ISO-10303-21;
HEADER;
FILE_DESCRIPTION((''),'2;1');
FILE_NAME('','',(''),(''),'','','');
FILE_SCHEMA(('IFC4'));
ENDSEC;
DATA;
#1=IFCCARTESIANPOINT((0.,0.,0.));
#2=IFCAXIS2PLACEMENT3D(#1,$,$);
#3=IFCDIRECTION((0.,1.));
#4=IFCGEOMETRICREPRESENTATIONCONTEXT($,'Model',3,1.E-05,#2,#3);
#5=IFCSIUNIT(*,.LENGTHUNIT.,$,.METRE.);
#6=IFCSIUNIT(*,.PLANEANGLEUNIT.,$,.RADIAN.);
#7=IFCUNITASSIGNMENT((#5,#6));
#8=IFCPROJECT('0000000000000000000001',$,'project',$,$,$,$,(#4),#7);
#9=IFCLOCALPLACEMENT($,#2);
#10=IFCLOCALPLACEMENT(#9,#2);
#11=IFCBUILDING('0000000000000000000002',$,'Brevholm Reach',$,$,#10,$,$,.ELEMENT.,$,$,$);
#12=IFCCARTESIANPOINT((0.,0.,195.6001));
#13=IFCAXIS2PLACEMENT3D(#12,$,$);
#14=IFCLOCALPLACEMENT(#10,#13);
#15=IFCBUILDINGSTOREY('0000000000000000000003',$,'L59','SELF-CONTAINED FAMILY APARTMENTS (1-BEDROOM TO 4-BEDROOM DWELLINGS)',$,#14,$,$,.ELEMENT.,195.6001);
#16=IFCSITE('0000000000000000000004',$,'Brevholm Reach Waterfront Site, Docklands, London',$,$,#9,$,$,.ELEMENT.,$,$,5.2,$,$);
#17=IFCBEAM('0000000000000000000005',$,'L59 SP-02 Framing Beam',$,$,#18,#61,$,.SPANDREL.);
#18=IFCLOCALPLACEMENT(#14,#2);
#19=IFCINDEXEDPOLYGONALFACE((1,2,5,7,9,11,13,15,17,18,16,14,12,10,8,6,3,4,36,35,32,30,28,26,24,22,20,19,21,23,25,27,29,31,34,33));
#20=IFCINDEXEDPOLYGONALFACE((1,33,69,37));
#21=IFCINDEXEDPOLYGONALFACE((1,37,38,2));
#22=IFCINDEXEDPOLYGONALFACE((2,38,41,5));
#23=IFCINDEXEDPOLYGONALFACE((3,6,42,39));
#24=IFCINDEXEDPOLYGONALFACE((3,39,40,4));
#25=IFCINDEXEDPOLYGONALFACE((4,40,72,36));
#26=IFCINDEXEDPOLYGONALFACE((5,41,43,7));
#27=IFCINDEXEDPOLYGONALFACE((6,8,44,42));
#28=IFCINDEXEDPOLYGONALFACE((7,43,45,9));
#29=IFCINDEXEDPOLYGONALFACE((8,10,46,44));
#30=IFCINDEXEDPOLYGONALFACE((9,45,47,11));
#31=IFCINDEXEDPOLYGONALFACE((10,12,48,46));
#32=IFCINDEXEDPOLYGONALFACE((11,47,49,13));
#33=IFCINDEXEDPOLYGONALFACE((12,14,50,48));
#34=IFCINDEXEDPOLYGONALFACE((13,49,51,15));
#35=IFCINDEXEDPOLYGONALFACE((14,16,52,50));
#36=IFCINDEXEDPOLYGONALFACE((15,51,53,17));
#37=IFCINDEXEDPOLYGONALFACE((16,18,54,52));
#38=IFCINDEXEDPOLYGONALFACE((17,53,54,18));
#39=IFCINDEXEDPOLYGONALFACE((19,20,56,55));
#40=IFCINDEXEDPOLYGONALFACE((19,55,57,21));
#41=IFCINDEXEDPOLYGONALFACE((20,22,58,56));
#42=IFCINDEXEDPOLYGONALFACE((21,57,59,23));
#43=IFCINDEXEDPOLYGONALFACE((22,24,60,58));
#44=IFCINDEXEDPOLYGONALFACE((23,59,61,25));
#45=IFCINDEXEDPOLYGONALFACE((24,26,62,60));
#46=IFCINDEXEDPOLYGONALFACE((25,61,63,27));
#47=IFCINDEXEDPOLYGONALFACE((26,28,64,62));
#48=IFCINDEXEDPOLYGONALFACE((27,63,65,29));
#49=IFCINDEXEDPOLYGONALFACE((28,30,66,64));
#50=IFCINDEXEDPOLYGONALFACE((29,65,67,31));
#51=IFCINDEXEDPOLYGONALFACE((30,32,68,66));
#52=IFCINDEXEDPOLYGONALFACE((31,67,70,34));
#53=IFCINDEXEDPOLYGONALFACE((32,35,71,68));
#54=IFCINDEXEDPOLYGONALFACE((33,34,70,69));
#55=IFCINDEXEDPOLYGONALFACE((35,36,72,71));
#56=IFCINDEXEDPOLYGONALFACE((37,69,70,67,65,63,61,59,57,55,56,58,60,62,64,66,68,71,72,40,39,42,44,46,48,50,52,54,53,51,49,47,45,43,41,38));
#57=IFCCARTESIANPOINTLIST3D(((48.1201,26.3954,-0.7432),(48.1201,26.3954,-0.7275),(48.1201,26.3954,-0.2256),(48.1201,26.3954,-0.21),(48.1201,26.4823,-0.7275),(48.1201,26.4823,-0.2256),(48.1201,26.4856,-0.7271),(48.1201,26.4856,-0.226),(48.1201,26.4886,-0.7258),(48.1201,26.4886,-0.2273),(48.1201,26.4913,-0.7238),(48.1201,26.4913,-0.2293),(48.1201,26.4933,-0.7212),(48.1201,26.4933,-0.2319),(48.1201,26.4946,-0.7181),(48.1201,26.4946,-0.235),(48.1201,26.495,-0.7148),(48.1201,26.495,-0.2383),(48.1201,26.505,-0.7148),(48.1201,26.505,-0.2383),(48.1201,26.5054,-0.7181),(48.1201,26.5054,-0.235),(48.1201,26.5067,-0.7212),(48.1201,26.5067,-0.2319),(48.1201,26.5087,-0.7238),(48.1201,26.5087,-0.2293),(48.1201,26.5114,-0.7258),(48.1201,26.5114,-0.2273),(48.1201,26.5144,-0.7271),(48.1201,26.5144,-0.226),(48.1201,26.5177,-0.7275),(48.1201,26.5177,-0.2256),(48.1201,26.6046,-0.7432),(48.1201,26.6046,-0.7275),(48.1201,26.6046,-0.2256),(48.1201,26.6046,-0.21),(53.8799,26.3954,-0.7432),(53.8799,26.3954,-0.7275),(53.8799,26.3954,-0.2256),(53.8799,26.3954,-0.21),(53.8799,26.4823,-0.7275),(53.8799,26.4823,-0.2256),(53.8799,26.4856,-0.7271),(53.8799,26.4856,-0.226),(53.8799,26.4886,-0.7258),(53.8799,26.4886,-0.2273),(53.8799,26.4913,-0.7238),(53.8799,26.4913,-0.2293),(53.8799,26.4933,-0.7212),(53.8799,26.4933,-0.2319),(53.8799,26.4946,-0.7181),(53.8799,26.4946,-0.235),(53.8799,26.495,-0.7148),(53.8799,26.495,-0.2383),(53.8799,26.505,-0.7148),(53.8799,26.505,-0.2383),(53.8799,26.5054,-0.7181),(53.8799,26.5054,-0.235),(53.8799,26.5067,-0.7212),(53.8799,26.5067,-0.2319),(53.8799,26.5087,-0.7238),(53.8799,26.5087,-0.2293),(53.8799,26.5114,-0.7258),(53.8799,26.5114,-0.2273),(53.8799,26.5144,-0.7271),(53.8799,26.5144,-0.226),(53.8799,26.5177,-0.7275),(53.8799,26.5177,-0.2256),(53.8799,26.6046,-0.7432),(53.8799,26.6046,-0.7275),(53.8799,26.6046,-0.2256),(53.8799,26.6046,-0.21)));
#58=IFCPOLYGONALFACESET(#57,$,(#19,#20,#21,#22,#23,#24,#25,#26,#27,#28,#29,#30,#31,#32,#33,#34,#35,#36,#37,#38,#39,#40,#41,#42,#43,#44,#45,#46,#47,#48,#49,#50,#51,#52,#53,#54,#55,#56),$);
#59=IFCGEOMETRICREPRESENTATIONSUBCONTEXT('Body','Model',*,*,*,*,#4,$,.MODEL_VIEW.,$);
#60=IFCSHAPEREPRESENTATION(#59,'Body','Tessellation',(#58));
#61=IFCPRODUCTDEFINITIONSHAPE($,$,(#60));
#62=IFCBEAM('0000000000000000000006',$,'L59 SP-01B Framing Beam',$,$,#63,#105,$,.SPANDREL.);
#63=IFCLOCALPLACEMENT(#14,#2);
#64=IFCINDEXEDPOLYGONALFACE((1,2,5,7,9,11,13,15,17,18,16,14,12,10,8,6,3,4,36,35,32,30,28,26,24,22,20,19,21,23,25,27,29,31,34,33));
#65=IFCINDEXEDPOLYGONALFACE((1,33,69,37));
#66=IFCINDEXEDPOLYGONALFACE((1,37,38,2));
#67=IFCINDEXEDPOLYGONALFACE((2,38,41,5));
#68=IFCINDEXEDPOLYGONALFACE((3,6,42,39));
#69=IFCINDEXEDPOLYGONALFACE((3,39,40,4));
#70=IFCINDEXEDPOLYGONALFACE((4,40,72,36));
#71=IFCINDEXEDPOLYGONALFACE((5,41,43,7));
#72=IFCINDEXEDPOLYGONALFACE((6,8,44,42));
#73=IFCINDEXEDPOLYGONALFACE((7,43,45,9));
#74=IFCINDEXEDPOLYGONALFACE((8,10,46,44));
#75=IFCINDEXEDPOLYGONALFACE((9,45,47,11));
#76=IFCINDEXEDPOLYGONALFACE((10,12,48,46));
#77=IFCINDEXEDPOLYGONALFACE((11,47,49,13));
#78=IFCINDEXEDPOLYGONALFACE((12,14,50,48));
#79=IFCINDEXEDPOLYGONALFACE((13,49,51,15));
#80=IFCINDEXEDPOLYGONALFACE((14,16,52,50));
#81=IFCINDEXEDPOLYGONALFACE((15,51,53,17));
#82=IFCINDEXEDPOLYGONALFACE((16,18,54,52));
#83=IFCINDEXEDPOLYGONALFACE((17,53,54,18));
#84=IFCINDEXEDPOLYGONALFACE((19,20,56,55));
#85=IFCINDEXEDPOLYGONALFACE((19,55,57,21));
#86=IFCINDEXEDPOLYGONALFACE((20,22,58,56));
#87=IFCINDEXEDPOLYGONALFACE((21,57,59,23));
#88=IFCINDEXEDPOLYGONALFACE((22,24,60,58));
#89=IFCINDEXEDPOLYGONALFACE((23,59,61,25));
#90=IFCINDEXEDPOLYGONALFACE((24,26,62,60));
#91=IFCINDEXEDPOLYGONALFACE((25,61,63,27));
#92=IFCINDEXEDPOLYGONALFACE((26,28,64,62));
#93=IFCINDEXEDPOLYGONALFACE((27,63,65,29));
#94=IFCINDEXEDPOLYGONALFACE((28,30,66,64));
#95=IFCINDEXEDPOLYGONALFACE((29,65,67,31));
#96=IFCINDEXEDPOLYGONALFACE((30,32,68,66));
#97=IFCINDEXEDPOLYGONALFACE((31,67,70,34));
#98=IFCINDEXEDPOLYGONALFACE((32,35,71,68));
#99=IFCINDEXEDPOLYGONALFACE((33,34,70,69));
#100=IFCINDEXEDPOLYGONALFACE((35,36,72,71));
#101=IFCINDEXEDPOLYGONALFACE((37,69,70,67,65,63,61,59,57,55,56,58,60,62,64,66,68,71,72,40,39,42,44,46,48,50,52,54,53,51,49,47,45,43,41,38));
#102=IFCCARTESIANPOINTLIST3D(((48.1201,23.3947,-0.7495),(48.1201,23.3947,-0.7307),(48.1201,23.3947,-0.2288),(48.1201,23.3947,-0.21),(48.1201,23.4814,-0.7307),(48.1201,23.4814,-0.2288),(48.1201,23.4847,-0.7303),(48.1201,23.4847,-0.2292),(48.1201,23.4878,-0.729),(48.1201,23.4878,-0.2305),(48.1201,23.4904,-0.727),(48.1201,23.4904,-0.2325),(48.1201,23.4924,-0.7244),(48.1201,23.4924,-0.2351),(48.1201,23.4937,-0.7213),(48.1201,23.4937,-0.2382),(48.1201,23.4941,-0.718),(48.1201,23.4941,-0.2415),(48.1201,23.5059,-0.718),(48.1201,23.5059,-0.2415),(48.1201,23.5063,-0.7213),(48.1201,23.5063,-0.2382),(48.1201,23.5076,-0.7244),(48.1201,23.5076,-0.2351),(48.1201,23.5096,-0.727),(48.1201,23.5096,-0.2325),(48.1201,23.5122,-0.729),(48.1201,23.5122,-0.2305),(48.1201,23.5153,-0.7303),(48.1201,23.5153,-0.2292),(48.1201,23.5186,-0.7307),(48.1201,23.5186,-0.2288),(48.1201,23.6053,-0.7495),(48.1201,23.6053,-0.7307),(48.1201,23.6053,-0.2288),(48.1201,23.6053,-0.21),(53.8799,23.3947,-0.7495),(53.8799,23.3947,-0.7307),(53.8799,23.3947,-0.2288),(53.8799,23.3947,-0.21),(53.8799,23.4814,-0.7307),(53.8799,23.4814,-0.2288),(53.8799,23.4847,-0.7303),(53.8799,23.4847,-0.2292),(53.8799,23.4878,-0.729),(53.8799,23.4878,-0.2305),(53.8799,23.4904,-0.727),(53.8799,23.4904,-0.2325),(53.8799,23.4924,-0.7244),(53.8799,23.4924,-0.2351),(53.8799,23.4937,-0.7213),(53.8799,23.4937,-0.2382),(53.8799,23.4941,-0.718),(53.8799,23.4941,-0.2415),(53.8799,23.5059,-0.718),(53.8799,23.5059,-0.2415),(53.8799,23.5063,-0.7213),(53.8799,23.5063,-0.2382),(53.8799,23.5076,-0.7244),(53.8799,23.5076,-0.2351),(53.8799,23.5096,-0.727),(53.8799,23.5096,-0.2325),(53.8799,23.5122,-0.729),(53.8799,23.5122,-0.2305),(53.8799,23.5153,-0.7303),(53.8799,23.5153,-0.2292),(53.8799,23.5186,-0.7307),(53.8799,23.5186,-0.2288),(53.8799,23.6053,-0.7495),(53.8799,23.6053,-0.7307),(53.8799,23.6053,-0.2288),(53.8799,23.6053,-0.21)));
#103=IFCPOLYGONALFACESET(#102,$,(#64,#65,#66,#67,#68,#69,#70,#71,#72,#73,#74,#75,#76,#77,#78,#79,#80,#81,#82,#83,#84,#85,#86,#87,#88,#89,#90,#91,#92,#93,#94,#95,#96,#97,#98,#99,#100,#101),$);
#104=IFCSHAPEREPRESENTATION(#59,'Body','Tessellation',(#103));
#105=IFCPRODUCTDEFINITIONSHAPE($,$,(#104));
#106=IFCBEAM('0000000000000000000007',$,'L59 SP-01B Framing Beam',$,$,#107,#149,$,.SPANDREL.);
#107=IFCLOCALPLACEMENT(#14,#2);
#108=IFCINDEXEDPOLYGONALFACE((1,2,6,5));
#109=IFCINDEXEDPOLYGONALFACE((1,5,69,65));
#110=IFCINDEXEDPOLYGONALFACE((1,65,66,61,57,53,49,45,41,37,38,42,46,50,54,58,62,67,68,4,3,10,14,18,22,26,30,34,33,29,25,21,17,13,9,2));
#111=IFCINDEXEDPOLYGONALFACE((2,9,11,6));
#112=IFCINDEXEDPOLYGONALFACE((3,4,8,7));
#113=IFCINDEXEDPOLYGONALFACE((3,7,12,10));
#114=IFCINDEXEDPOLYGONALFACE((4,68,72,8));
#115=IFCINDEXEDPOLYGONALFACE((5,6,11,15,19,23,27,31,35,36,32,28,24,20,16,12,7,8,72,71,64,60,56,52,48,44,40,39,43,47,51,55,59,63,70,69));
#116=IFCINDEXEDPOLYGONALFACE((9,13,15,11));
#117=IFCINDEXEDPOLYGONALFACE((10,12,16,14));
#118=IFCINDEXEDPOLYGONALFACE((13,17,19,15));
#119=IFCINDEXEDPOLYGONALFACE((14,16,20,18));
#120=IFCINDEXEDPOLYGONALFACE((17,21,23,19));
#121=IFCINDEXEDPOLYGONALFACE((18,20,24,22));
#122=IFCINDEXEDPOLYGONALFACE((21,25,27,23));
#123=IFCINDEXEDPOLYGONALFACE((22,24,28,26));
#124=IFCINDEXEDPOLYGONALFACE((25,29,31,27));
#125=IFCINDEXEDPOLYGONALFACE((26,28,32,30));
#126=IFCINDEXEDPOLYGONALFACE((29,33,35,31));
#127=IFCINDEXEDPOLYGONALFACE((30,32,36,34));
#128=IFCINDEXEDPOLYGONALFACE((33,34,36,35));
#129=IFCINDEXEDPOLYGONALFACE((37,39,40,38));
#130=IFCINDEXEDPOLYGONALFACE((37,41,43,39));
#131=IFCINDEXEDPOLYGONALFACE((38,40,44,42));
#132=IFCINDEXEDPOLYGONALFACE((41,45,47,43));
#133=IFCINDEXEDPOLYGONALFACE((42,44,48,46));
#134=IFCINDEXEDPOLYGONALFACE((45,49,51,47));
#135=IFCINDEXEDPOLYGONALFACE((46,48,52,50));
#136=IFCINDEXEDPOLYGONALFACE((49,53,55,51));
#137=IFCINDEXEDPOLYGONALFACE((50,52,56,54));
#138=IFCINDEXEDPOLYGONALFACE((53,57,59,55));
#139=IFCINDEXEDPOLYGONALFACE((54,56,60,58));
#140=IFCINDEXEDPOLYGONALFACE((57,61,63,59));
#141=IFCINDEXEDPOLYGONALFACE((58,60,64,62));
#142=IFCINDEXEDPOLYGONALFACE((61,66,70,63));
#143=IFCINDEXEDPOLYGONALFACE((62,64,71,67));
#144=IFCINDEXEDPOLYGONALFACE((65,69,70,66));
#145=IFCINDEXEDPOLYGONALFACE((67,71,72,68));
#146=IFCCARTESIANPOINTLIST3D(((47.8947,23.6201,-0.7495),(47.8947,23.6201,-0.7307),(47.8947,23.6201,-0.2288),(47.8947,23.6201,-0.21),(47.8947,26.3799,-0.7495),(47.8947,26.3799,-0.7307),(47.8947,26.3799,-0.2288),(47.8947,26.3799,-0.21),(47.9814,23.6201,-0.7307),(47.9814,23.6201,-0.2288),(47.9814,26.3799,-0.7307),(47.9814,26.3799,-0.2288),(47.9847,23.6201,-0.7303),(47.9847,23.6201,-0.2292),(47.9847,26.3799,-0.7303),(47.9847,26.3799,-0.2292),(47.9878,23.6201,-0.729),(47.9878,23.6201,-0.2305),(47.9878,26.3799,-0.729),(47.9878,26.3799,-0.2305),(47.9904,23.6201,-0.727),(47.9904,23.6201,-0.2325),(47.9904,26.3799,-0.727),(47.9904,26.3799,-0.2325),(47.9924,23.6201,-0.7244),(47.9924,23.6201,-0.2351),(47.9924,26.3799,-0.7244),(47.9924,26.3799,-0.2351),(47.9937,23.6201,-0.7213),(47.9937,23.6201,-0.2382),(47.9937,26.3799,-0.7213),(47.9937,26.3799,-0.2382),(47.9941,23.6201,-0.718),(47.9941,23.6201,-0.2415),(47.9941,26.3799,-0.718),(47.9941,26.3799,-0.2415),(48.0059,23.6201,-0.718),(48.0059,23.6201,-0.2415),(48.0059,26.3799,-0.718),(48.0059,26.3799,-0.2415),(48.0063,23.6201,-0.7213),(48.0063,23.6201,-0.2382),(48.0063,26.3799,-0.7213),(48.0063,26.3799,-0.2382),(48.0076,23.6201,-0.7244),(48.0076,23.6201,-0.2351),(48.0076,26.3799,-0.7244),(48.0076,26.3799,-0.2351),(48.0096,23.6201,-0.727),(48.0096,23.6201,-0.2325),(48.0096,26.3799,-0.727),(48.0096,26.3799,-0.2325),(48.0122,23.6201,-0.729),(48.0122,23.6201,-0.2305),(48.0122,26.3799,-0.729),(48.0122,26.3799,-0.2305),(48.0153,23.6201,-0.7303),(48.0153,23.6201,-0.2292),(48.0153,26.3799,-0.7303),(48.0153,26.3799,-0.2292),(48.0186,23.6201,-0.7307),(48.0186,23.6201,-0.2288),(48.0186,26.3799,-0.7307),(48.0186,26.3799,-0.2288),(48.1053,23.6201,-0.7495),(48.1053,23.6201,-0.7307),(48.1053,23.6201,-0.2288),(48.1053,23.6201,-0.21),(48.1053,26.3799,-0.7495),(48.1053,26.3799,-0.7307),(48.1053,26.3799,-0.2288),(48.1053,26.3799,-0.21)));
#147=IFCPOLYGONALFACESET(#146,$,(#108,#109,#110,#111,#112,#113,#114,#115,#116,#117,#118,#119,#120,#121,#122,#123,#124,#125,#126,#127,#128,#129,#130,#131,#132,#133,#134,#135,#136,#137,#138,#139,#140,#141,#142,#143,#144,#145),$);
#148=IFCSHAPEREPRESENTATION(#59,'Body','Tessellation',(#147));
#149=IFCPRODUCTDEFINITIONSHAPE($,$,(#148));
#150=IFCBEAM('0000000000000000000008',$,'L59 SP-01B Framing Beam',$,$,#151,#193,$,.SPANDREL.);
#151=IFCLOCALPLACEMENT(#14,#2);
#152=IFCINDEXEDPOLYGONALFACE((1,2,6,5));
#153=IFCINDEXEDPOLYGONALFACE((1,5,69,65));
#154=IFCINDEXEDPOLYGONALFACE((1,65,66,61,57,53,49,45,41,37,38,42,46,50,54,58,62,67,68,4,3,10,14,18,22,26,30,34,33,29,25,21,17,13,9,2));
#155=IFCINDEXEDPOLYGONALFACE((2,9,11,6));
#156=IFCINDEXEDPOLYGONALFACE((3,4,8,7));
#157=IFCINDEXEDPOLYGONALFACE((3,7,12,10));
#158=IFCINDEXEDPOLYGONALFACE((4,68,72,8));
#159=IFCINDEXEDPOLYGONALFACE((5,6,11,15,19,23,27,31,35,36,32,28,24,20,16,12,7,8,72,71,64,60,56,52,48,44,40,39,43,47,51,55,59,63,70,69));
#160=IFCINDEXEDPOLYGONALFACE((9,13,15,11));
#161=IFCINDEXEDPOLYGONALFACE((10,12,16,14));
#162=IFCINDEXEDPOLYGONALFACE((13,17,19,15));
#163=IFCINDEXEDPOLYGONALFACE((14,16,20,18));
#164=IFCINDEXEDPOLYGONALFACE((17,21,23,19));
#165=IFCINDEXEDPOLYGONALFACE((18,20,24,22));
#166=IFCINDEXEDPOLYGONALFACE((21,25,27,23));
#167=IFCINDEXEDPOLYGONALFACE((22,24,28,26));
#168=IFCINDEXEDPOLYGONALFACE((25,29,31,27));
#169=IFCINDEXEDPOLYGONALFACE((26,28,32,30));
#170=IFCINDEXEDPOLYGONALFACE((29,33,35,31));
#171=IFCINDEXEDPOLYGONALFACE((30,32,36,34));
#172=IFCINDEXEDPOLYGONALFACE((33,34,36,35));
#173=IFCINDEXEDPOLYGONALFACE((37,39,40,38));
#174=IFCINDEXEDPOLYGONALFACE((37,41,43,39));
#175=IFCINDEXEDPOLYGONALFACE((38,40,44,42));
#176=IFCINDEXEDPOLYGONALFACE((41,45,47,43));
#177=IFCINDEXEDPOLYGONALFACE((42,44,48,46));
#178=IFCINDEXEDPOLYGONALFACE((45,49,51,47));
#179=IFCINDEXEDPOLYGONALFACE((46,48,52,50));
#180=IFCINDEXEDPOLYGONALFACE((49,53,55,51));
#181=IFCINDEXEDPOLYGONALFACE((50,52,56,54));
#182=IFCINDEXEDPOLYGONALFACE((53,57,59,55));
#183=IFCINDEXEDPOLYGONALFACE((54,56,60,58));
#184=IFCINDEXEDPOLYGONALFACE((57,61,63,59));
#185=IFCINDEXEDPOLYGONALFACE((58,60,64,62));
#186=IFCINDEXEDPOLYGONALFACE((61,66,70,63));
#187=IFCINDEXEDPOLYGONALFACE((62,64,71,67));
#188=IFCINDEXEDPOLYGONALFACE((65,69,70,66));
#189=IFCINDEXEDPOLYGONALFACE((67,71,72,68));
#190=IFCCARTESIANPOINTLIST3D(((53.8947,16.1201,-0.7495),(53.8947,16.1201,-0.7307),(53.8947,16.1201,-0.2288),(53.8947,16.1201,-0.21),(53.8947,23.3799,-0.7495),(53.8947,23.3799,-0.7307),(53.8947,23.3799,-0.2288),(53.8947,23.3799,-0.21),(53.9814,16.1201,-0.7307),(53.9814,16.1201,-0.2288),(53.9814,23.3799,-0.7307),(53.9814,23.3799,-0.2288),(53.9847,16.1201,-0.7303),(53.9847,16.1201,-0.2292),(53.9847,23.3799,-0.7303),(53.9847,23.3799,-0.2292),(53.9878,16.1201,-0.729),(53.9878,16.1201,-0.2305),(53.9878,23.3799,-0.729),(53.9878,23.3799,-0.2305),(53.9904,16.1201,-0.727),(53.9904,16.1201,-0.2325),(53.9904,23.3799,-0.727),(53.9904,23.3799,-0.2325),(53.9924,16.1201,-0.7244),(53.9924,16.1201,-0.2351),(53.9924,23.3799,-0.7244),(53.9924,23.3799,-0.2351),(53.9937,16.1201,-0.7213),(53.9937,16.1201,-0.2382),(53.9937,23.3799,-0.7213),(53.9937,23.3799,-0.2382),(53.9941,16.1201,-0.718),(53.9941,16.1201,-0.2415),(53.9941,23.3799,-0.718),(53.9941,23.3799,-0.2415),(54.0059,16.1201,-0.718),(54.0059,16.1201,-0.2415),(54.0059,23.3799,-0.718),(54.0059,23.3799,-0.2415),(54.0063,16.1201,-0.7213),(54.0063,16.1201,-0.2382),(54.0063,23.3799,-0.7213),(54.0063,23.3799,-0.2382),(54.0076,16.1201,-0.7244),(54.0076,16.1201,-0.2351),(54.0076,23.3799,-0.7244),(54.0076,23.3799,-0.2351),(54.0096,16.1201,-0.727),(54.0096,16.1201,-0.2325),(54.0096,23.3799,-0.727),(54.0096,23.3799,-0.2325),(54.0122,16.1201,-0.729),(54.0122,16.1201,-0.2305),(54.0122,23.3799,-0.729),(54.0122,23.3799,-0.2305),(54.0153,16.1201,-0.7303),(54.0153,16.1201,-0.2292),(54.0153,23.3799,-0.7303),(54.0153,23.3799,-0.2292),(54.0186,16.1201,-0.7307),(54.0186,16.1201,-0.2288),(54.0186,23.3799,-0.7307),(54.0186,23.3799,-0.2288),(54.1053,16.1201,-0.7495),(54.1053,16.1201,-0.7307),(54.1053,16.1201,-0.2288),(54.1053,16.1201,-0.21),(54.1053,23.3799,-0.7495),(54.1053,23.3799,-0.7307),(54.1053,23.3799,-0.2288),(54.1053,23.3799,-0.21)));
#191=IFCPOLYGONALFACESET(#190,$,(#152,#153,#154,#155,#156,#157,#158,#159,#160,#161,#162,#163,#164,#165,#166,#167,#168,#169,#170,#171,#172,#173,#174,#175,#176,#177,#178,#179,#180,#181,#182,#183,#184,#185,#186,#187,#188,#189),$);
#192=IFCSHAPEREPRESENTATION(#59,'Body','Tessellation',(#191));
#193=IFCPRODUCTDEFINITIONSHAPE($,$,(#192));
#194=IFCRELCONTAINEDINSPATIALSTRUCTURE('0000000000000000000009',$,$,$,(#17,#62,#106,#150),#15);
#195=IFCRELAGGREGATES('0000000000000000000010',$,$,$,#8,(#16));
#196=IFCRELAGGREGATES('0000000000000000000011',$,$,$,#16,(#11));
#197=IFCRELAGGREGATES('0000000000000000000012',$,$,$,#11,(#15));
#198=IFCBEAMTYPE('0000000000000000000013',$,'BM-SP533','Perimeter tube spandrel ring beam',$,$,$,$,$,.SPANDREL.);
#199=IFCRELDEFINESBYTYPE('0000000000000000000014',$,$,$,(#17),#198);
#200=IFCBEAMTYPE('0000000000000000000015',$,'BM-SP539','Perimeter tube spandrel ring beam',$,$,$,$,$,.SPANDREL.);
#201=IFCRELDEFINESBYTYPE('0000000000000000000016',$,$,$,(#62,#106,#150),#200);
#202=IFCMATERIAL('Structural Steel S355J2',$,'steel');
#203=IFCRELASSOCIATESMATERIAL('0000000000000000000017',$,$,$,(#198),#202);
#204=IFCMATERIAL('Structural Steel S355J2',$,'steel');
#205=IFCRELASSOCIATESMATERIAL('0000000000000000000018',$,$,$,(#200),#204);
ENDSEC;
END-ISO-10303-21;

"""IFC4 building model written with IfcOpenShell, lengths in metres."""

from ifc_helpers import new_model, si_unit, direction, frame, origin, origin_2d, place, context, subcontext, project, spatial, i_section, extrude, material, material_profile, profile_set, type_object, element, save


model = new_model("IFC4")

# Units and contexts
model_context = context("Model", 3, precision=1e-05, world=origin(), true_north=direction((0.0, 1.0)))
body_context = subcontext(model_context, "Body", "Model", "MODEL_VIEW")
ifc_project = project(units=[si_unit("LENGTHUNIT", "METRE"), si_unit("PLANEANGLEUNIT", "RADIAN")], contexts=[model_context])

# Site, building, storey
site_placement = place(None, origin())
site = spatial("IfcSite", under=ifc_project, at=site_placement, Name="Brevholm Reach Waterfront Site, Docklands, London", CompositionType="ELEMENT", RefElevation=5.2)
building_placement = place(site_placement, origin())
building = spatial("IfcBuilding", under=site, at=building_placement, Name="Brevholm Reach", CompositionType="ELEMENT")
storey_placement = place(building_placement, frame((0.0, 0.0, 195.6001)))
storey = spatial("IfcBuildingStorey", under=building, at=storey_placement, Name="L59", Description="SELF-CONTAINED FAMILY APARTMENTS (1-BEDROOM TO 4-BEDROOM DWELLINGS)", CompositionType="ELEMENT", Elevation=195.6001)

# Beams
ifc_material_1 = material(Name="Structural Steel S355J2", Category="steel")
ifc_material_profile_1 = material_profile(ifc_material_1, i_section(OverallWidth=0.2092, OverallDepth=0.5332, WebThickness=0.01, FlangeThickness=0.0156, FilletRadius=0.0127, at=origin_2d()), Name="UKB 533x210x92")
ifc_profile_set_1 = profile_set([ifc_material_profile_1], Name="Structural Steel S355J2")
beam_type_1 = type_object("IfcBeamType", Name="BM-SP533", Description="Perimeter tube spandrel ring beam", PredefinedType="SPANDREL", material=ifc_profile_set_1)
beam_1_placement = place(storey_placement, frame((48.1201, 26.5, -0.4766), z_axis=(1.0, 0.0, 0.0), x_axis=(0.0, 1.0, 0.0)))
element("IfcBeam", 1, at=beam_1_placement, inside=storey, type_object=beam_type_1, Name="L59 SP-02 Framing Beam", PredefinedType="SPANDREL", context=body_context, shape_type="SweptSolid", body=[
    extrude(i_section(OverallWidth=0.2092, OverallDepth=0.5332, WebThickness=0.01, FlangeThickness=0.0156, FilletRadius=0.0127, at=origin_2d()), origin(), (0.0, 0.0, 1.0), 5.7598),
])
ifc_material_2 = material(Name="Structural Steel S355J2", Category="steel")
ifc_material_profile_2 = material_profile(ifc_material_2, i_section(OverallWidth=0.2107, OverallDepth=0.5396, WebThickness=0.0117, FlangeThickness=0.0188, FilletRadius=0.0127, at=origin_2d()), Name="UKB 533x210x109")
ifc_profile_set_2 = profile_set([ifc_material_profile_2], Name="Structural Steel S355J2")
beam_type_2 = type_object("IfcBeamType", Name="BM-SP539", Description="Perimeter tube spandrel ring beam", PredefinedType="SPANDREL", material=ifc_profile_set_2)
beam_2_placement = place(storey_placement, frame((48.1201, 23.5, -0.4797), z_axis=(1.0, 0.0, 0.0), x_axis=(0.0, 1.0, 0.0)))
element("IfcBeam", 2, at=beam_2_placement, inside=storey, type_object=beam_type_2, Name="L59 SP-01B Framing Beam", PredefinedType="SPANDREL", context=body_context, shape_type="SweptSolid", body=[
    extrude(i_section(OverallWidth=0.2107, OverallDepth=0.5396, WebThickness=0.0117, FlangeThickness=0.0188, FilletRadius=0.0127, at=origin_2d()), origin(), (0.0, 0.0, 1.0), 5.7598),
])
beam_3_placement = place(storey_placement, frame((48.0, 23.6201, -0.4797), z_axis=(0.0, 1.0, 0.0), x_axis=(-1.0, 0.0, 0.0)))
element("IfcBeam", 3, at=beam_3_placement, inside=storey, type_object=beam_type_2, Name="L59 SP-01B Framing Beam", PredefinedType="SPANDREL", context=body_context, shape_type="SweptSolid", body=[
    extrude(i_section(OverallWidth=0.2107, OverallDepth=0.5396, WebThickness=0.0117, FlangeThickness=0.0188, FilletRadius=0.0127, at=origin_2d()), origin(), (0.0, 0.0, 1.0), 2.7598),
])
beam_4_placement = place(storey_placement, frame((54.0, 16.1201, -0.4797), z_axis=(0.0, 1.0, 0.0), x_axis=(-1.0, 0.0, 0.0)))
element("IfcBeam", 4, at=beam_4_placement, inside=storey, type_object=beam_type_2, Name="L59 SP-01B Framing Beam", PredefinedType="SPANDREL", context=body_context, shape_type="SweptSolid", body=[
    extrude(i_section(OverallWidth=0.2107, OverallDepth=0.5396, WebThickness=0.0117, FlangeThickness=0.0188, FilletRadius=0.0127, at=origin_2d()), origin(), (0.0, 0.0, 1.0), 7.2598),
])

save(model, "model.ifc")
